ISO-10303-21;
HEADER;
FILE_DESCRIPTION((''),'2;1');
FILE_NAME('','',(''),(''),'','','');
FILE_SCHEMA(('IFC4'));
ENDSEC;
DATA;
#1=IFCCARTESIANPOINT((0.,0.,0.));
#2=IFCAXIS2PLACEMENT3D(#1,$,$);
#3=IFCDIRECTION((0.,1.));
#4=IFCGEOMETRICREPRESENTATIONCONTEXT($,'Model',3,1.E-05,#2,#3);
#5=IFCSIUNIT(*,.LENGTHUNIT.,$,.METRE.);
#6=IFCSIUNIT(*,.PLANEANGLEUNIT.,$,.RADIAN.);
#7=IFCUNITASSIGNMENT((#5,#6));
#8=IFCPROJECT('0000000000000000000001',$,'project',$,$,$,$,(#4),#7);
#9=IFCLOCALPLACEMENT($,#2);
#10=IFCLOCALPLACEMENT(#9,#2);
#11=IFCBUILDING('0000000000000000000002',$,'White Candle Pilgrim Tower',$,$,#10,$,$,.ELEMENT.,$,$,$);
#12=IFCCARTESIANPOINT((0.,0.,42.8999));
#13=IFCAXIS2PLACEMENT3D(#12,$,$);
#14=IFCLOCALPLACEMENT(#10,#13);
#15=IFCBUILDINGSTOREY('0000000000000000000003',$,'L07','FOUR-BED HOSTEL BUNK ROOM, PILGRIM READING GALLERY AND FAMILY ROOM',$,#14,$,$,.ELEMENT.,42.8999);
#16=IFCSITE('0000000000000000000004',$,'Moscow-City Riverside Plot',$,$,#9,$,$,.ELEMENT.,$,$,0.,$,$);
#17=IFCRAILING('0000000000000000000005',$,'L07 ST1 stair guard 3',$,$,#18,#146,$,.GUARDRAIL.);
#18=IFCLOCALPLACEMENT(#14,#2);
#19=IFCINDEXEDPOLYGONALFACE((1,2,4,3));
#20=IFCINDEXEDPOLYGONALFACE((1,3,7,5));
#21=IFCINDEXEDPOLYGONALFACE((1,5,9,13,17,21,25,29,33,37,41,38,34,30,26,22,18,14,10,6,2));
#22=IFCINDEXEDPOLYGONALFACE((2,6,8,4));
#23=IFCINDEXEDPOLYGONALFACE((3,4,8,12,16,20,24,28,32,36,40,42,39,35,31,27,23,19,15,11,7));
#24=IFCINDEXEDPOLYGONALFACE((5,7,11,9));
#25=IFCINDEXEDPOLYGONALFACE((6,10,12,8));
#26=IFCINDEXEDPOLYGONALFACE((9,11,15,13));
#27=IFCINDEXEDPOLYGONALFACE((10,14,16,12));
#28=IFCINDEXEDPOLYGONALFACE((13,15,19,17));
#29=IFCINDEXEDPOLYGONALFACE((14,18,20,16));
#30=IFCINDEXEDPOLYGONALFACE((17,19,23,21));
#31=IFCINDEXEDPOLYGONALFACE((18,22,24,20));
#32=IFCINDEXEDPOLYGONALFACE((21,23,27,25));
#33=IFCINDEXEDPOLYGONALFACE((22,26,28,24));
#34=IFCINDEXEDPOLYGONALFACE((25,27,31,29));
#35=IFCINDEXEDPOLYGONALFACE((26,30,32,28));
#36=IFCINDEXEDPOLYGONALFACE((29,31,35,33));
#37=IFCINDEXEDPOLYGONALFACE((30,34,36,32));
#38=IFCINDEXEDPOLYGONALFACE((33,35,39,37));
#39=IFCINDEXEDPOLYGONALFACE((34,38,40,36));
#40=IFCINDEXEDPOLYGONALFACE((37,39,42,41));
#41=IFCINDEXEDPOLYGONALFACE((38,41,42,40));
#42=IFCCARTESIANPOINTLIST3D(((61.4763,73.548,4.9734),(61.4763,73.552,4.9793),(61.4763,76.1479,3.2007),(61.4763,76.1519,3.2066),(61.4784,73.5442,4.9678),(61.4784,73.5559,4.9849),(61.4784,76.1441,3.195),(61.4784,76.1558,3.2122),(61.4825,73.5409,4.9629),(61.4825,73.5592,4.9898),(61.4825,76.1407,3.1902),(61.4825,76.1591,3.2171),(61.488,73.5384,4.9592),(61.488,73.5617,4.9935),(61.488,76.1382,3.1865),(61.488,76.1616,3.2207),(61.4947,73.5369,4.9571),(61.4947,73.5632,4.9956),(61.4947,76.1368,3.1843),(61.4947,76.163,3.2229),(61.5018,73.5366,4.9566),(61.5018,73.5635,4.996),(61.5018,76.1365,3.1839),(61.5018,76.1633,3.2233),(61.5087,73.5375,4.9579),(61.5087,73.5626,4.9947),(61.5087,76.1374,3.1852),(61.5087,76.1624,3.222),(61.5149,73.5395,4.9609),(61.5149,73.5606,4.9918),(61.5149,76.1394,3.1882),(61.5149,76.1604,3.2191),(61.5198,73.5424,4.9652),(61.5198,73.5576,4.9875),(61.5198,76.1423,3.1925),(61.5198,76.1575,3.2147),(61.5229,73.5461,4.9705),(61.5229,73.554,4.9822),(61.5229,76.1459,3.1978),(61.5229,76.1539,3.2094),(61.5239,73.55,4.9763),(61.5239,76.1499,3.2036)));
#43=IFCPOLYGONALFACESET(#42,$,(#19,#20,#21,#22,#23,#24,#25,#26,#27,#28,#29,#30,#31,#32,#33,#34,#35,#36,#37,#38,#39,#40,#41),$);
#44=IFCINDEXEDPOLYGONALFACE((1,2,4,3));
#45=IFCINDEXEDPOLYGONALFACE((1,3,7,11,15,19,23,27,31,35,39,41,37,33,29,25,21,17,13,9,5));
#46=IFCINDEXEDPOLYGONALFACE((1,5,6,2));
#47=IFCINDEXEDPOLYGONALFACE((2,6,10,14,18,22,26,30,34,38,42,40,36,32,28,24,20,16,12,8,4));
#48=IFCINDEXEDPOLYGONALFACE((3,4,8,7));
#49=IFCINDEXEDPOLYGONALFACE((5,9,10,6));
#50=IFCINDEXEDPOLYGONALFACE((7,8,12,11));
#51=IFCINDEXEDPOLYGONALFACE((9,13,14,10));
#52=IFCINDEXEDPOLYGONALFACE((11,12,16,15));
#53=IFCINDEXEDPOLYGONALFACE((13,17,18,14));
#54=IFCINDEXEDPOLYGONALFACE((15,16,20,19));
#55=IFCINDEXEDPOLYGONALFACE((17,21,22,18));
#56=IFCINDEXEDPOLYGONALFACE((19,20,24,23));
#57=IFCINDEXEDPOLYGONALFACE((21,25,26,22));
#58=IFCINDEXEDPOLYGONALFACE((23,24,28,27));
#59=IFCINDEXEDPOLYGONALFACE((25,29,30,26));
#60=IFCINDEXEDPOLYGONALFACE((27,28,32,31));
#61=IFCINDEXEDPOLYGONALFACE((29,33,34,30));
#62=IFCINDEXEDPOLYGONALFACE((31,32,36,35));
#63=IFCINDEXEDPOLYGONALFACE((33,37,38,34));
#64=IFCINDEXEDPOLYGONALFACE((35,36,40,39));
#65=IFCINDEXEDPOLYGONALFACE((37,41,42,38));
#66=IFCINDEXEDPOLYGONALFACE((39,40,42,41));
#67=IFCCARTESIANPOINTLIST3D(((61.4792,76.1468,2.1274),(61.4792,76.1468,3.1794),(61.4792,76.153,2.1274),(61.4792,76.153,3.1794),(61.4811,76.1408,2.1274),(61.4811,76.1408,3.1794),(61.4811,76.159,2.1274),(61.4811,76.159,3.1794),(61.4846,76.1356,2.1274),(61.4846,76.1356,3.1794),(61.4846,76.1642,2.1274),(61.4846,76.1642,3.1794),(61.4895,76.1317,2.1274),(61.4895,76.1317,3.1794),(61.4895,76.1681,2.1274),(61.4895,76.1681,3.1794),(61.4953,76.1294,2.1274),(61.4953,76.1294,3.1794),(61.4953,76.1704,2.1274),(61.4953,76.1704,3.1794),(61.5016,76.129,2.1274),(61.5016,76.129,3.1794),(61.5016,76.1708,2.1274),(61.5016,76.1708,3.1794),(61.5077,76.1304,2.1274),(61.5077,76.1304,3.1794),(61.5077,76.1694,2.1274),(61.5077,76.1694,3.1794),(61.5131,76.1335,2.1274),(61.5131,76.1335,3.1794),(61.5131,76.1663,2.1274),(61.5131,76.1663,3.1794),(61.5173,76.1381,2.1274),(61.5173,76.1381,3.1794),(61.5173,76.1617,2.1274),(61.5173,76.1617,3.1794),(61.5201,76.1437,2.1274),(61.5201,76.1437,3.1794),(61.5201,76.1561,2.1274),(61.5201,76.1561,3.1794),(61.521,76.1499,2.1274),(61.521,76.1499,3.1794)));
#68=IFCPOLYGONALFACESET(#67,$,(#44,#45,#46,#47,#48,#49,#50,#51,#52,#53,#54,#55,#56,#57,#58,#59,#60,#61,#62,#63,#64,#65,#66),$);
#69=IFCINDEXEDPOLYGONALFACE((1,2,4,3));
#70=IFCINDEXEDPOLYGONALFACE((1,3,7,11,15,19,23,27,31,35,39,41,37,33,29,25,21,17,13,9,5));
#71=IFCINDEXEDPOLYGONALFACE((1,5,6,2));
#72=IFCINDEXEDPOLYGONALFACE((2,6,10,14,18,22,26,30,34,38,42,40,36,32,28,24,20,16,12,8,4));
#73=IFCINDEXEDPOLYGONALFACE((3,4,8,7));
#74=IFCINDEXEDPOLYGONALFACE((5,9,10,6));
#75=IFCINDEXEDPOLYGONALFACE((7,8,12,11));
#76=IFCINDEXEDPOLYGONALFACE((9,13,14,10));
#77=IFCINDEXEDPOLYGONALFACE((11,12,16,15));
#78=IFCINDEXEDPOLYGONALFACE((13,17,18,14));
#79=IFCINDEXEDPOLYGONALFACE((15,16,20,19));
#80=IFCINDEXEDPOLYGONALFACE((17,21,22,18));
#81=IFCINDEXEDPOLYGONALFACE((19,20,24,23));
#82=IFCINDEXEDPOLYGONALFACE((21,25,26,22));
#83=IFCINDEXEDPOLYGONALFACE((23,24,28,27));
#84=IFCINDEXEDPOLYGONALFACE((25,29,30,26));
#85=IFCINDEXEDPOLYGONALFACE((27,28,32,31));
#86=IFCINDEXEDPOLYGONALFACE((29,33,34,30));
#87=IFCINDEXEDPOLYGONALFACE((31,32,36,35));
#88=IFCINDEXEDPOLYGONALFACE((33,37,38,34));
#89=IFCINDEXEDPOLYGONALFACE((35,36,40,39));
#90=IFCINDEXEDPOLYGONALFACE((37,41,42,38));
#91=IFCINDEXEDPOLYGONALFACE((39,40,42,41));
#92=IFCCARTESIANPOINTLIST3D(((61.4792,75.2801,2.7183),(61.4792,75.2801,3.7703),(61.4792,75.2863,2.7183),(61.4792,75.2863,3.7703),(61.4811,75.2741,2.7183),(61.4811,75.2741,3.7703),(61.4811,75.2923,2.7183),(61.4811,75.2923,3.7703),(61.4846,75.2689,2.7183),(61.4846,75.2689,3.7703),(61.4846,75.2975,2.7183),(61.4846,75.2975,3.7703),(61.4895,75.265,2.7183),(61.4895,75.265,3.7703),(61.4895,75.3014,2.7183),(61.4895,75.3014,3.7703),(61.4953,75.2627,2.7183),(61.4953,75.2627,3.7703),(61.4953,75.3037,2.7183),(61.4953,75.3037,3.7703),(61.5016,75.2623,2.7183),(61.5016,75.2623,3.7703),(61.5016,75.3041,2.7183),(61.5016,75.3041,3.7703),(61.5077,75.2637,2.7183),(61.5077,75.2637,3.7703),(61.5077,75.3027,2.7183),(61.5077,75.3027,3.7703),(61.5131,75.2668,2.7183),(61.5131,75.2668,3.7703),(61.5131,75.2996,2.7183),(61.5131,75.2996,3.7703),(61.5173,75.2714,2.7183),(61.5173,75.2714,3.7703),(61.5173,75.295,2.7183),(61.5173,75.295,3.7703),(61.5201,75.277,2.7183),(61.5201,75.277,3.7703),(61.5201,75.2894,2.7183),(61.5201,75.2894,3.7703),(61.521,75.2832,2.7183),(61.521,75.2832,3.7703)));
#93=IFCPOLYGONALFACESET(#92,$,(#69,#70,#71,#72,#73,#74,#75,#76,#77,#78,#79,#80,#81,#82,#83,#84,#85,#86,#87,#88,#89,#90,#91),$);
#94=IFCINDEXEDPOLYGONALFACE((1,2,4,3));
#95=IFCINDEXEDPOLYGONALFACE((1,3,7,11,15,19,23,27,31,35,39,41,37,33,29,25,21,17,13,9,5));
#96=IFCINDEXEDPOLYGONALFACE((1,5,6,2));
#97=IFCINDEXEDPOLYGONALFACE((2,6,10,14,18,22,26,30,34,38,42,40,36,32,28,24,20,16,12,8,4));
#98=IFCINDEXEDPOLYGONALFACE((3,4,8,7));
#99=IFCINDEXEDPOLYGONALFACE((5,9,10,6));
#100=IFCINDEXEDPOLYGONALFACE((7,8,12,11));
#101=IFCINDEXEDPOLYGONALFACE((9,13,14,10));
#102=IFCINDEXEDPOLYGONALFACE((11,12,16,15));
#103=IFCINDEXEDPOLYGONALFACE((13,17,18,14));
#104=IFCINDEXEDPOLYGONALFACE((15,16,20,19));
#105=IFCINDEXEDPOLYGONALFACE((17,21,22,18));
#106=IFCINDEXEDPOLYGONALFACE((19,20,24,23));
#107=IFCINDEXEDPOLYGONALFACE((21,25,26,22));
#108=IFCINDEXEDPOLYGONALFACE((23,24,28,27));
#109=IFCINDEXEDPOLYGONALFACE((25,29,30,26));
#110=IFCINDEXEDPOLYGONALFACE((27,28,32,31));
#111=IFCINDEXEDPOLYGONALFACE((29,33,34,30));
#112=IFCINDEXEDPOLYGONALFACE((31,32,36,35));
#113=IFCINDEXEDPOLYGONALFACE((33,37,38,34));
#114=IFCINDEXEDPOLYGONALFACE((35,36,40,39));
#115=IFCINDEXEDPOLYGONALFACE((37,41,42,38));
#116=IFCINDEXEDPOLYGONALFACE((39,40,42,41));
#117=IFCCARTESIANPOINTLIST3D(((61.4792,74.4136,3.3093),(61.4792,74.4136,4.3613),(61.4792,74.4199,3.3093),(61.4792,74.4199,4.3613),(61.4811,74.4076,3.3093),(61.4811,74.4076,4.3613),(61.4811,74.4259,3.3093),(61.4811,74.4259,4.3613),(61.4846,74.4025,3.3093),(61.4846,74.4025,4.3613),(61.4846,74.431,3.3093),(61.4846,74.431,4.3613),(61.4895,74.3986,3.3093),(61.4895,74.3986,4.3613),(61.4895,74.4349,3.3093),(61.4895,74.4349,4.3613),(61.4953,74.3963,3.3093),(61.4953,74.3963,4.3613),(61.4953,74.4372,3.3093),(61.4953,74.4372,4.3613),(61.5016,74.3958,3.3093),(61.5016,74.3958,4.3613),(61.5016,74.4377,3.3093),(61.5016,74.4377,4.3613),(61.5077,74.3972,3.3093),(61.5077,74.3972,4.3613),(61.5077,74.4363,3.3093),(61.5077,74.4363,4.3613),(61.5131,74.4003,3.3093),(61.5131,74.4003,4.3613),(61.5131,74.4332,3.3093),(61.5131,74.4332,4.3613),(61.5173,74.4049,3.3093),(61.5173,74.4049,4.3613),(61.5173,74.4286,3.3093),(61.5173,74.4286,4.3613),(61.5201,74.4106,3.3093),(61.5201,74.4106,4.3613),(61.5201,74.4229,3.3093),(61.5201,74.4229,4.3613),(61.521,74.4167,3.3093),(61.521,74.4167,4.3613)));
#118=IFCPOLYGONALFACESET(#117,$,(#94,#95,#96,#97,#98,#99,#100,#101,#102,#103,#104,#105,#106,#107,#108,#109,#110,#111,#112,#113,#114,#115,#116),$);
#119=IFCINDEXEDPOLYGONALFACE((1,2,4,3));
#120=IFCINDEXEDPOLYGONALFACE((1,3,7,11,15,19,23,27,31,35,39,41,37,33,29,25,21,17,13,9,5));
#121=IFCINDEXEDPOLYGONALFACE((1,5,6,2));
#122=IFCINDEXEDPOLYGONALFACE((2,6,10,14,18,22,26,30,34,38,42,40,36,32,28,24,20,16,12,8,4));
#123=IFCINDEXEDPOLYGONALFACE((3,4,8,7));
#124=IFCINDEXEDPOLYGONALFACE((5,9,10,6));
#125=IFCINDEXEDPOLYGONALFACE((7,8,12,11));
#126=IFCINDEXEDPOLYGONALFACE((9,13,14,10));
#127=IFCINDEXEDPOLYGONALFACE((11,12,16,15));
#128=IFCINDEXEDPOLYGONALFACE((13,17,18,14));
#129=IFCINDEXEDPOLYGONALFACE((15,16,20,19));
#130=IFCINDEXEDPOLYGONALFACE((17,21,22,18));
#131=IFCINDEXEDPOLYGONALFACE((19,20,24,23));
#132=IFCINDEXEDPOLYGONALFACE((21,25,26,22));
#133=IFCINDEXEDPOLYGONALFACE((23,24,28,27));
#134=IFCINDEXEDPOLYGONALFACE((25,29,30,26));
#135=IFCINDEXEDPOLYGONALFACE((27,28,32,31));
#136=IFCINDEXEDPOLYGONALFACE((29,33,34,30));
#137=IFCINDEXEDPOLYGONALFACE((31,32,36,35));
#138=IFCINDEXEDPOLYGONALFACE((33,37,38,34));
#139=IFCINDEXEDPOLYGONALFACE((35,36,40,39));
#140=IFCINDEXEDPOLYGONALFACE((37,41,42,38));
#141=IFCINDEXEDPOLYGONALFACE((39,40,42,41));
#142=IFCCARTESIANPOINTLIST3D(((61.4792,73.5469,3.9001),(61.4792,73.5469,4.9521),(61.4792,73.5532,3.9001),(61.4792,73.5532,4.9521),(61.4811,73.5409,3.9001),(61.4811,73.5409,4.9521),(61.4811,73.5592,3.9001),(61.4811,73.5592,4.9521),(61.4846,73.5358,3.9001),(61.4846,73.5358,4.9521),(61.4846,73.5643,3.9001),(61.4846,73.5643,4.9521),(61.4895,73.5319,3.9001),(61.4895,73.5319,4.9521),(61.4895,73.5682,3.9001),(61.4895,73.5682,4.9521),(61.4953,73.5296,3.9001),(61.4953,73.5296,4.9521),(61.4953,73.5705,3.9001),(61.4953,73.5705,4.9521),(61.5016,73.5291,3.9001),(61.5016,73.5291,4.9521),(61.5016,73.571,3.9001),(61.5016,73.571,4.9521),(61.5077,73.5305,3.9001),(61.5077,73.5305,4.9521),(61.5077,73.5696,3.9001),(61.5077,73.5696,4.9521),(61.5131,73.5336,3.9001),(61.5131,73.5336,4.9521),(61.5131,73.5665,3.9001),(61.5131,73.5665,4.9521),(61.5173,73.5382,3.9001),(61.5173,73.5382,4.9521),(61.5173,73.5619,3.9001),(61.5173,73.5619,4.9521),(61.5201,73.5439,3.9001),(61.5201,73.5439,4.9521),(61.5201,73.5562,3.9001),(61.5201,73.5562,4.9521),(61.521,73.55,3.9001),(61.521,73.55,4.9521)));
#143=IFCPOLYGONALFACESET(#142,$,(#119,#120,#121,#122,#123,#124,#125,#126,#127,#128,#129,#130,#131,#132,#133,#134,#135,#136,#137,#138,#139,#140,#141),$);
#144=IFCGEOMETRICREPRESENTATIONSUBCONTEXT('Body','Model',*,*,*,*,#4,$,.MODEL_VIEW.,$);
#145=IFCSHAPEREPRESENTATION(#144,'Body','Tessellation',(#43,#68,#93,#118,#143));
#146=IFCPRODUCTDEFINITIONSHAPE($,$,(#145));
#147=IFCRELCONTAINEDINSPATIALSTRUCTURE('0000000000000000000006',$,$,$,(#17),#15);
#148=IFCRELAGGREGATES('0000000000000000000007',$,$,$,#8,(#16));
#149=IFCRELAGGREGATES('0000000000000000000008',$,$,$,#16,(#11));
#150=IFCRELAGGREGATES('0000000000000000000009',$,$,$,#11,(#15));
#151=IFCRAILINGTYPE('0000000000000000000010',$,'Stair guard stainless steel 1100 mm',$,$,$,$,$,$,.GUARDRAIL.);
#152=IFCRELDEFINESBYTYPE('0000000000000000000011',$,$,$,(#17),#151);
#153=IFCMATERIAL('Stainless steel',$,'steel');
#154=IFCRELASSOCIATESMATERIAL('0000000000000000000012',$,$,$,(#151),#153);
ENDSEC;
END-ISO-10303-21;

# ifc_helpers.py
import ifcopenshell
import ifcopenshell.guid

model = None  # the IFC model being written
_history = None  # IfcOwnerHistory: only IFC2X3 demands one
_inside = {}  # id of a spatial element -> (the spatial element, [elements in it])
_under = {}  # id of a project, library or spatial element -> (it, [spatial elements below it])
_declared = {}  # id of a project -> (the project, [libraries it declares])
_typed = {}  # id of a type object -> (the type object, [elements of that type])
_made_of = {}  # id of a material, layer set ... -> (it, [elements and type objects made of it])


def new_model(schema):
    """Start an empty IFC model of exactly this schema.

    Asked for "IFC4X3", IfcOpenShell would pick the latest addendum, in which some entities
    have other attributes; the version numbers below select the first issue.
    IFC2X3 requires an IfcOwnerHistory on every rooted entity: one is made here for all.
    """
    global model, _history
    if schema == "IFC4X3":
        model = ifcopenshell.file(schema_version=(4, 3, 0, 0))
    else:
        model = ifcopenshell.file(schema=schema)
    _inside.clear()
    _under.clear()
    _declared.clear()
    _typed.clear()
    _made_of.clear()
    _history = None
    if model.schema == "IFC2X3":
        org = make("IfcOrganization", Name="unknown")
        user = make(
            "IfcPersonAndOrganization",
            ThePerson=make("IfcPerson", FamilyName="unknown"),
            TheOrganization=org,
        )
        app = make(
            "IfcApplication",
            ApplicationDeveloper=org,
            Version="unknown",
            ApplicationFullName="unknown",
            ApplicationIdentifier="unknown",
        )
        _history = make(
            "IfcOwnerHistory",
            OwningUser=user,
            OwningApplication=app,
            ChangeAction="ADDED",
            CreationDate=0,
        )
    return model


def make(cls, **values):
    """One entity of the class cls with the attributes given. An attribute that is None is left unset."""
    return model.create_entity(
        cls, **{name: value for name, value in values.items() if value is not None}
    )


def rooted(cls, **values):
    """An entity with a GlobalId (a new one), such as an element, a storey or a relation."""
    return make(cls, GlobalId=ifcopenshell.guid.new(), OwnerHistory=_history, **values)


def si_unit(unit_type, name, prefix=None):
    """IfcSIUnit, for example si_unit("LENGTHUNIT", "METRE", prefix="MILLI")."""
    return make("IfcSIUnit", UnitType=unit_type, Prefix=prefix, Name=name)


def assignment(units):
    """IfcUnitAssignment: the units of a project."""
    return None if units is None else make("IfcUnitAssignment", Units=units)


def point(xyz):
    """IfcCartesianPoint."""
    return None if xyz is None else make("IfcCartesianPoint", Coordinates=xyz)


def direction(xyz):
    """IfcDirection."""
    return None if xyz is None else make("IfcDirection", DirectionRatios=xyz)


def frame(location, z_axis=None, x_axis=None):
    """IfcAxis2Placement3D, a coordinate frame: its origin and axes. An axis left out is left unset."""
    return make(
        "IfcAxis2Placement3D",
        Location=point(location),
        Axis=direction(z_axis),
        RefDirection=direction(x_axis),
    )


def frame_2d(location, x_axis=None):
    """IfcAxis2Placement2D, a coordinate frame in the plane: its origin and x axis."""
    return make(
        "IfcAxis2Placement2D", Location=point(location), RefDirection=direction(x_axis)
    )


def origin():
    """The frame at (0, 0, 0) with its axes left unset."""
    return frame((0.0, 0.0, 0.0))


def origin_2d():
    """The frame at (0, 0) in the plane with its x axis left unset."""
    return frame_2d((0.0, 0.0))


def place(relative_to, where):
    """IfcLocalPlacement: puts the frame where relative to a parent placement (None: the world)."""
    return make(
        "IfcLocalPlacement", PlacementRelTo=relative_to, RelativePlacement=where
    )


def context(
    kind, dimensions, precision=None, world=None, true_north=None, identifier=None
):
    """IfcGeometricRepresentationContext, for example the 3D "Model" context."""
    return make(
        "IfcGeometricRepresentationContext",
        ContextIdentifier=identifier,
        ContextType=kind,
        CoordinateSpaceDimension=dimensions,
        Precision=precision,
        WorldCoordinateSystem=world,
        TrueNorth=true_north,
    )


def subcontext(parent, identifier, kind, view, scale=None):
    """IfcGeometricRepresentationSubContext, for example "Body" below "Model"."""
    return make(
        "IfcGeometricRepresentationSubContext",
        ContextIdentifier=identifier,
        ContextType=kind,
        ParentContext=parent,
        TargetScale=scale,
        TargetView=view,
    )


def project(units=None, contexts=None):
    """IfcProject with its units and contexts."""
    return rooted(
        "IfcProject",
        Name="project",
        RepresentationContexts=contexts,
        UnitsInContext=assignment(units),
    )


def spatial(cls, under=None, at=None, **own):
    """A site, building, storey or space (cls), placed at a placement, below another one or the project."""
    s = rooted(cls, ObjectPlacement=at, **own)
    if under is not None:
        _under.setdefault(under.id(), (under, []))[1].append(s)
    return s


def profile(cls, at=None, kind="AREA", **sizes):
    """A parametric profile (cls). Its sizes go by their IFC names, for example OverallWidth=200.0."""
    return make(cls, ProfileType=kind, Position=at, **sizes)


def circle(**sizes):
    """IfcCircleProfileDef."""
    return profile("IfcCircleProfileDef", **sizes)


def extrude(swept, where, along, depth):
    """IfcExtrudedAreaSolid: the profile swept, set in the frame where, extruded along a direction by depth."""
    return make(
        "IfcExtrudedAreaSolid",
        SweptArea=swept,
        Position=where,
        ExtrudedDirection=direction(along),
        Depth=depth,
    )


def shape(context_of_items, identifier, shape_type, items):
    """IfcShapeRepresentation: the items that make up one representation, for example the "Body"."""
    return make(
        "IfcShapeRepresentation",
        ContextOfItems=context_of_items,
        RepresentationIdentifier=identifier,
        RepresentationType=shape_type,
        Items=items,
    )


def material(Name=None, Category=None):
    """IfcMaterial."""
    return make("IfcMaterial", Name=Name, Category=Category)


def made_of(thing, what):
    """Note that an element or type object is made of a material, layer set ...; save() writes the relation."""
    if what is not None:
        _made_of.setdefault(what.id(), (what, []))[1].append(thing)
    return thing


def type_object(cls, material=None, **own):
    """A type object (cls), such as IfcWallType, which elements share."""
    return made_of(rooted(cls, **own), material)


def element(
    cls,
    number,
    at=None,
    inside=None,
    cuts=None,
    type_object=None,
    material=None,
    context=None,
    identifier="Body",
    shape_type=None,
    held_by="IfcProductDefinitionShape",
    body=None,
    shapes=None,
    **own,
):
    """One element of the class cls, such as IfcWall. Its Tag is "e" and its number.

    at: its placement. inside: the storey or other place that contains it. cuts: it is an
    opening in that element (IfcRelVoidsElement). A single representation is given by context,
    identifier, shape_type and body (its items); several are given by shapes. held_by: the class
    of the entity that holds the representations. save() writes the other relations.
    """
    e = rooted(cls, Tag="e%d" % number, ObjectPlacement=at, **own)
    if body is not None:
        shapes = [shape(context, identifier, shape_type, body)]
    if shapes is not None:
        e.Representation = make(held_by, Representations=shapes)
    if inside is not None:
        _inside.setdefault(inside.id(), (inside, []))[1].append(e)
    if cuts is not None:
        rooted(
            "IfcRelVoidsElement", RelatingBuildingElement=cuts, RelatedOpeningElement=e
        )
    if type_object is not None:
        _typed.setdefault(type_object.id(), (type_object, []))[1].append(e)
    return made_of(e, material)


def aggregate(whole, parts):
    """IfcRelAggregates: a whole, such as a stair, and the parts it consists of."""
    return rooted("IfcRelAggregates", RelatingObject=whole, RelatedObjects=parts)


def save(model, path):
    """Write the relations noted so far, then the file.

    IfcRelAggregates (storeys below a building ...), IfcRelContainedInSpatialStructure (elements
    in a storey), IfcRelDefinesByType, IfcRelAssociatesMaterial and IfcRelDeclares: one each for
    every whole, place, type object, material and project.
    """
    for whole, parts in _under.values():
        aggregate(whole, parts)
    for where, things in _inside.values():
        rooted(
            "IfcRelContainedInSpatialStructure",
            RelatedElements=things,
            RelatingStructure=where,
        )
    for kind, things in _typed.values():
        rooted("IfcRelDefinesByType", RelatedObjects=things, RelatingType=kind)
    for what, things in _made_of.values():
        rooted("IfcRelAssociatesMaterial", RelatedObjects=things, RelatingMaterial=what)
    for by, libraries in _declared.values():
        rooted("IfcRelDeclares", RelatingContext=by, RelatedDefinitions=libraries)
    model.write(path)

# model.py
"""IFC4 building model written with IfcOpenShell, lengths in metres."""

from ifc_helpers import new_model, si_unit, direction, frame, origin, origin_2d, place, context, subcontext, project, spatial, circle, extrude, material, type_object, element, save


model = new_model("IFC4")

# Units and contexts
model_context = context("Model", 3, precision=1e-05, world=origin(), true_north=direction((0.0, 1.0)))
body_context = subcontext(model_context, "Body", "Model", "MODEL_VIEW")
ifc_project = project(units=[si_unit("LENGTHUNIT", "METRE"), si_unit("PLANEANGLEUNIT", "RADIAN")], contexts=[model_context])

# Site, building, storey
site_placement = place(None, origin())
site = spatial("IfcSite", under=ifc_project, at=site_placement, Name="Moscow-City Riverside Plot", CompositionType="ELEMENT", RefElevation=0.0)
building_placement = place(site_placement, origin())
building = spatial("IfcBuilding", under=site, at=building_placement, Name="White Candle Pilgrim Tower", CompositionType="ELEMENT")
storey_placement = place(building_placement, frame((0.0, 0.0, 42.8999)))
storey = spatial("IfcBuildingStorey", under=building, at=storey_placement, Name="L07", Description="FOUR-BED HOSTEL BUNK ROOM, PILGRIM READING GALLERY AND FAMILY ROOM", CompositionType="ELEMENT", Elevation=42.8999)

# Railing
ifc_material_1 = material(Name="Stainless steel", Category="steel")
railing_type_1 = type_object("IfcRailingType", Name="Stair guard stainless steel 1100 mm", PredefinedType="GUARDRAIL", material=ifc_material_1)
railing_1_placement = place(storey_placement, frame((61.5, 76.1499, 2.1274)))
element("IfcRailing", 1, at=railing_1_placement, inside=storey, type_object=railing_type_1, Name="L07 ST1 stair guard 3", PredefinedType="GUARDRAIL", context=body_context, shape_type="SweptSolid", body=[
    extrude(circle(Radius=0.0239, at=origin_2d()), frame((0.0, 0.0, 1.0762), z_axis=(0.0, -0.826216, 0.563354), x_axis=(1.0, 0.0, 0.0)), (0.0, 0.0, 1.0), 3.1467),
    extrude(circle(Radius=0.021, at=origin_2d()), origin(), (0.0, 0.0, 1.0), 1.052),
    extrude(circle(Radius=0.021, at=origin_2d()), frame((0.0, -0.8667, 0.5908)), (0.0, 0.0, 1.0), 1.052),
    extrude(circle(Radius=0.021, at=origin_2d()), frame((0.0, -1.7332, 1.1819)), (0.0, 0.0, 1.0), 1.052),
    extrude(circle(Radius=0.021, at=origin_2d()), frame((0.0, -2.5999, 1.7727)), (0.0, 0.0, 1.0), 1.052),
])

save(model, "model.ifc")
